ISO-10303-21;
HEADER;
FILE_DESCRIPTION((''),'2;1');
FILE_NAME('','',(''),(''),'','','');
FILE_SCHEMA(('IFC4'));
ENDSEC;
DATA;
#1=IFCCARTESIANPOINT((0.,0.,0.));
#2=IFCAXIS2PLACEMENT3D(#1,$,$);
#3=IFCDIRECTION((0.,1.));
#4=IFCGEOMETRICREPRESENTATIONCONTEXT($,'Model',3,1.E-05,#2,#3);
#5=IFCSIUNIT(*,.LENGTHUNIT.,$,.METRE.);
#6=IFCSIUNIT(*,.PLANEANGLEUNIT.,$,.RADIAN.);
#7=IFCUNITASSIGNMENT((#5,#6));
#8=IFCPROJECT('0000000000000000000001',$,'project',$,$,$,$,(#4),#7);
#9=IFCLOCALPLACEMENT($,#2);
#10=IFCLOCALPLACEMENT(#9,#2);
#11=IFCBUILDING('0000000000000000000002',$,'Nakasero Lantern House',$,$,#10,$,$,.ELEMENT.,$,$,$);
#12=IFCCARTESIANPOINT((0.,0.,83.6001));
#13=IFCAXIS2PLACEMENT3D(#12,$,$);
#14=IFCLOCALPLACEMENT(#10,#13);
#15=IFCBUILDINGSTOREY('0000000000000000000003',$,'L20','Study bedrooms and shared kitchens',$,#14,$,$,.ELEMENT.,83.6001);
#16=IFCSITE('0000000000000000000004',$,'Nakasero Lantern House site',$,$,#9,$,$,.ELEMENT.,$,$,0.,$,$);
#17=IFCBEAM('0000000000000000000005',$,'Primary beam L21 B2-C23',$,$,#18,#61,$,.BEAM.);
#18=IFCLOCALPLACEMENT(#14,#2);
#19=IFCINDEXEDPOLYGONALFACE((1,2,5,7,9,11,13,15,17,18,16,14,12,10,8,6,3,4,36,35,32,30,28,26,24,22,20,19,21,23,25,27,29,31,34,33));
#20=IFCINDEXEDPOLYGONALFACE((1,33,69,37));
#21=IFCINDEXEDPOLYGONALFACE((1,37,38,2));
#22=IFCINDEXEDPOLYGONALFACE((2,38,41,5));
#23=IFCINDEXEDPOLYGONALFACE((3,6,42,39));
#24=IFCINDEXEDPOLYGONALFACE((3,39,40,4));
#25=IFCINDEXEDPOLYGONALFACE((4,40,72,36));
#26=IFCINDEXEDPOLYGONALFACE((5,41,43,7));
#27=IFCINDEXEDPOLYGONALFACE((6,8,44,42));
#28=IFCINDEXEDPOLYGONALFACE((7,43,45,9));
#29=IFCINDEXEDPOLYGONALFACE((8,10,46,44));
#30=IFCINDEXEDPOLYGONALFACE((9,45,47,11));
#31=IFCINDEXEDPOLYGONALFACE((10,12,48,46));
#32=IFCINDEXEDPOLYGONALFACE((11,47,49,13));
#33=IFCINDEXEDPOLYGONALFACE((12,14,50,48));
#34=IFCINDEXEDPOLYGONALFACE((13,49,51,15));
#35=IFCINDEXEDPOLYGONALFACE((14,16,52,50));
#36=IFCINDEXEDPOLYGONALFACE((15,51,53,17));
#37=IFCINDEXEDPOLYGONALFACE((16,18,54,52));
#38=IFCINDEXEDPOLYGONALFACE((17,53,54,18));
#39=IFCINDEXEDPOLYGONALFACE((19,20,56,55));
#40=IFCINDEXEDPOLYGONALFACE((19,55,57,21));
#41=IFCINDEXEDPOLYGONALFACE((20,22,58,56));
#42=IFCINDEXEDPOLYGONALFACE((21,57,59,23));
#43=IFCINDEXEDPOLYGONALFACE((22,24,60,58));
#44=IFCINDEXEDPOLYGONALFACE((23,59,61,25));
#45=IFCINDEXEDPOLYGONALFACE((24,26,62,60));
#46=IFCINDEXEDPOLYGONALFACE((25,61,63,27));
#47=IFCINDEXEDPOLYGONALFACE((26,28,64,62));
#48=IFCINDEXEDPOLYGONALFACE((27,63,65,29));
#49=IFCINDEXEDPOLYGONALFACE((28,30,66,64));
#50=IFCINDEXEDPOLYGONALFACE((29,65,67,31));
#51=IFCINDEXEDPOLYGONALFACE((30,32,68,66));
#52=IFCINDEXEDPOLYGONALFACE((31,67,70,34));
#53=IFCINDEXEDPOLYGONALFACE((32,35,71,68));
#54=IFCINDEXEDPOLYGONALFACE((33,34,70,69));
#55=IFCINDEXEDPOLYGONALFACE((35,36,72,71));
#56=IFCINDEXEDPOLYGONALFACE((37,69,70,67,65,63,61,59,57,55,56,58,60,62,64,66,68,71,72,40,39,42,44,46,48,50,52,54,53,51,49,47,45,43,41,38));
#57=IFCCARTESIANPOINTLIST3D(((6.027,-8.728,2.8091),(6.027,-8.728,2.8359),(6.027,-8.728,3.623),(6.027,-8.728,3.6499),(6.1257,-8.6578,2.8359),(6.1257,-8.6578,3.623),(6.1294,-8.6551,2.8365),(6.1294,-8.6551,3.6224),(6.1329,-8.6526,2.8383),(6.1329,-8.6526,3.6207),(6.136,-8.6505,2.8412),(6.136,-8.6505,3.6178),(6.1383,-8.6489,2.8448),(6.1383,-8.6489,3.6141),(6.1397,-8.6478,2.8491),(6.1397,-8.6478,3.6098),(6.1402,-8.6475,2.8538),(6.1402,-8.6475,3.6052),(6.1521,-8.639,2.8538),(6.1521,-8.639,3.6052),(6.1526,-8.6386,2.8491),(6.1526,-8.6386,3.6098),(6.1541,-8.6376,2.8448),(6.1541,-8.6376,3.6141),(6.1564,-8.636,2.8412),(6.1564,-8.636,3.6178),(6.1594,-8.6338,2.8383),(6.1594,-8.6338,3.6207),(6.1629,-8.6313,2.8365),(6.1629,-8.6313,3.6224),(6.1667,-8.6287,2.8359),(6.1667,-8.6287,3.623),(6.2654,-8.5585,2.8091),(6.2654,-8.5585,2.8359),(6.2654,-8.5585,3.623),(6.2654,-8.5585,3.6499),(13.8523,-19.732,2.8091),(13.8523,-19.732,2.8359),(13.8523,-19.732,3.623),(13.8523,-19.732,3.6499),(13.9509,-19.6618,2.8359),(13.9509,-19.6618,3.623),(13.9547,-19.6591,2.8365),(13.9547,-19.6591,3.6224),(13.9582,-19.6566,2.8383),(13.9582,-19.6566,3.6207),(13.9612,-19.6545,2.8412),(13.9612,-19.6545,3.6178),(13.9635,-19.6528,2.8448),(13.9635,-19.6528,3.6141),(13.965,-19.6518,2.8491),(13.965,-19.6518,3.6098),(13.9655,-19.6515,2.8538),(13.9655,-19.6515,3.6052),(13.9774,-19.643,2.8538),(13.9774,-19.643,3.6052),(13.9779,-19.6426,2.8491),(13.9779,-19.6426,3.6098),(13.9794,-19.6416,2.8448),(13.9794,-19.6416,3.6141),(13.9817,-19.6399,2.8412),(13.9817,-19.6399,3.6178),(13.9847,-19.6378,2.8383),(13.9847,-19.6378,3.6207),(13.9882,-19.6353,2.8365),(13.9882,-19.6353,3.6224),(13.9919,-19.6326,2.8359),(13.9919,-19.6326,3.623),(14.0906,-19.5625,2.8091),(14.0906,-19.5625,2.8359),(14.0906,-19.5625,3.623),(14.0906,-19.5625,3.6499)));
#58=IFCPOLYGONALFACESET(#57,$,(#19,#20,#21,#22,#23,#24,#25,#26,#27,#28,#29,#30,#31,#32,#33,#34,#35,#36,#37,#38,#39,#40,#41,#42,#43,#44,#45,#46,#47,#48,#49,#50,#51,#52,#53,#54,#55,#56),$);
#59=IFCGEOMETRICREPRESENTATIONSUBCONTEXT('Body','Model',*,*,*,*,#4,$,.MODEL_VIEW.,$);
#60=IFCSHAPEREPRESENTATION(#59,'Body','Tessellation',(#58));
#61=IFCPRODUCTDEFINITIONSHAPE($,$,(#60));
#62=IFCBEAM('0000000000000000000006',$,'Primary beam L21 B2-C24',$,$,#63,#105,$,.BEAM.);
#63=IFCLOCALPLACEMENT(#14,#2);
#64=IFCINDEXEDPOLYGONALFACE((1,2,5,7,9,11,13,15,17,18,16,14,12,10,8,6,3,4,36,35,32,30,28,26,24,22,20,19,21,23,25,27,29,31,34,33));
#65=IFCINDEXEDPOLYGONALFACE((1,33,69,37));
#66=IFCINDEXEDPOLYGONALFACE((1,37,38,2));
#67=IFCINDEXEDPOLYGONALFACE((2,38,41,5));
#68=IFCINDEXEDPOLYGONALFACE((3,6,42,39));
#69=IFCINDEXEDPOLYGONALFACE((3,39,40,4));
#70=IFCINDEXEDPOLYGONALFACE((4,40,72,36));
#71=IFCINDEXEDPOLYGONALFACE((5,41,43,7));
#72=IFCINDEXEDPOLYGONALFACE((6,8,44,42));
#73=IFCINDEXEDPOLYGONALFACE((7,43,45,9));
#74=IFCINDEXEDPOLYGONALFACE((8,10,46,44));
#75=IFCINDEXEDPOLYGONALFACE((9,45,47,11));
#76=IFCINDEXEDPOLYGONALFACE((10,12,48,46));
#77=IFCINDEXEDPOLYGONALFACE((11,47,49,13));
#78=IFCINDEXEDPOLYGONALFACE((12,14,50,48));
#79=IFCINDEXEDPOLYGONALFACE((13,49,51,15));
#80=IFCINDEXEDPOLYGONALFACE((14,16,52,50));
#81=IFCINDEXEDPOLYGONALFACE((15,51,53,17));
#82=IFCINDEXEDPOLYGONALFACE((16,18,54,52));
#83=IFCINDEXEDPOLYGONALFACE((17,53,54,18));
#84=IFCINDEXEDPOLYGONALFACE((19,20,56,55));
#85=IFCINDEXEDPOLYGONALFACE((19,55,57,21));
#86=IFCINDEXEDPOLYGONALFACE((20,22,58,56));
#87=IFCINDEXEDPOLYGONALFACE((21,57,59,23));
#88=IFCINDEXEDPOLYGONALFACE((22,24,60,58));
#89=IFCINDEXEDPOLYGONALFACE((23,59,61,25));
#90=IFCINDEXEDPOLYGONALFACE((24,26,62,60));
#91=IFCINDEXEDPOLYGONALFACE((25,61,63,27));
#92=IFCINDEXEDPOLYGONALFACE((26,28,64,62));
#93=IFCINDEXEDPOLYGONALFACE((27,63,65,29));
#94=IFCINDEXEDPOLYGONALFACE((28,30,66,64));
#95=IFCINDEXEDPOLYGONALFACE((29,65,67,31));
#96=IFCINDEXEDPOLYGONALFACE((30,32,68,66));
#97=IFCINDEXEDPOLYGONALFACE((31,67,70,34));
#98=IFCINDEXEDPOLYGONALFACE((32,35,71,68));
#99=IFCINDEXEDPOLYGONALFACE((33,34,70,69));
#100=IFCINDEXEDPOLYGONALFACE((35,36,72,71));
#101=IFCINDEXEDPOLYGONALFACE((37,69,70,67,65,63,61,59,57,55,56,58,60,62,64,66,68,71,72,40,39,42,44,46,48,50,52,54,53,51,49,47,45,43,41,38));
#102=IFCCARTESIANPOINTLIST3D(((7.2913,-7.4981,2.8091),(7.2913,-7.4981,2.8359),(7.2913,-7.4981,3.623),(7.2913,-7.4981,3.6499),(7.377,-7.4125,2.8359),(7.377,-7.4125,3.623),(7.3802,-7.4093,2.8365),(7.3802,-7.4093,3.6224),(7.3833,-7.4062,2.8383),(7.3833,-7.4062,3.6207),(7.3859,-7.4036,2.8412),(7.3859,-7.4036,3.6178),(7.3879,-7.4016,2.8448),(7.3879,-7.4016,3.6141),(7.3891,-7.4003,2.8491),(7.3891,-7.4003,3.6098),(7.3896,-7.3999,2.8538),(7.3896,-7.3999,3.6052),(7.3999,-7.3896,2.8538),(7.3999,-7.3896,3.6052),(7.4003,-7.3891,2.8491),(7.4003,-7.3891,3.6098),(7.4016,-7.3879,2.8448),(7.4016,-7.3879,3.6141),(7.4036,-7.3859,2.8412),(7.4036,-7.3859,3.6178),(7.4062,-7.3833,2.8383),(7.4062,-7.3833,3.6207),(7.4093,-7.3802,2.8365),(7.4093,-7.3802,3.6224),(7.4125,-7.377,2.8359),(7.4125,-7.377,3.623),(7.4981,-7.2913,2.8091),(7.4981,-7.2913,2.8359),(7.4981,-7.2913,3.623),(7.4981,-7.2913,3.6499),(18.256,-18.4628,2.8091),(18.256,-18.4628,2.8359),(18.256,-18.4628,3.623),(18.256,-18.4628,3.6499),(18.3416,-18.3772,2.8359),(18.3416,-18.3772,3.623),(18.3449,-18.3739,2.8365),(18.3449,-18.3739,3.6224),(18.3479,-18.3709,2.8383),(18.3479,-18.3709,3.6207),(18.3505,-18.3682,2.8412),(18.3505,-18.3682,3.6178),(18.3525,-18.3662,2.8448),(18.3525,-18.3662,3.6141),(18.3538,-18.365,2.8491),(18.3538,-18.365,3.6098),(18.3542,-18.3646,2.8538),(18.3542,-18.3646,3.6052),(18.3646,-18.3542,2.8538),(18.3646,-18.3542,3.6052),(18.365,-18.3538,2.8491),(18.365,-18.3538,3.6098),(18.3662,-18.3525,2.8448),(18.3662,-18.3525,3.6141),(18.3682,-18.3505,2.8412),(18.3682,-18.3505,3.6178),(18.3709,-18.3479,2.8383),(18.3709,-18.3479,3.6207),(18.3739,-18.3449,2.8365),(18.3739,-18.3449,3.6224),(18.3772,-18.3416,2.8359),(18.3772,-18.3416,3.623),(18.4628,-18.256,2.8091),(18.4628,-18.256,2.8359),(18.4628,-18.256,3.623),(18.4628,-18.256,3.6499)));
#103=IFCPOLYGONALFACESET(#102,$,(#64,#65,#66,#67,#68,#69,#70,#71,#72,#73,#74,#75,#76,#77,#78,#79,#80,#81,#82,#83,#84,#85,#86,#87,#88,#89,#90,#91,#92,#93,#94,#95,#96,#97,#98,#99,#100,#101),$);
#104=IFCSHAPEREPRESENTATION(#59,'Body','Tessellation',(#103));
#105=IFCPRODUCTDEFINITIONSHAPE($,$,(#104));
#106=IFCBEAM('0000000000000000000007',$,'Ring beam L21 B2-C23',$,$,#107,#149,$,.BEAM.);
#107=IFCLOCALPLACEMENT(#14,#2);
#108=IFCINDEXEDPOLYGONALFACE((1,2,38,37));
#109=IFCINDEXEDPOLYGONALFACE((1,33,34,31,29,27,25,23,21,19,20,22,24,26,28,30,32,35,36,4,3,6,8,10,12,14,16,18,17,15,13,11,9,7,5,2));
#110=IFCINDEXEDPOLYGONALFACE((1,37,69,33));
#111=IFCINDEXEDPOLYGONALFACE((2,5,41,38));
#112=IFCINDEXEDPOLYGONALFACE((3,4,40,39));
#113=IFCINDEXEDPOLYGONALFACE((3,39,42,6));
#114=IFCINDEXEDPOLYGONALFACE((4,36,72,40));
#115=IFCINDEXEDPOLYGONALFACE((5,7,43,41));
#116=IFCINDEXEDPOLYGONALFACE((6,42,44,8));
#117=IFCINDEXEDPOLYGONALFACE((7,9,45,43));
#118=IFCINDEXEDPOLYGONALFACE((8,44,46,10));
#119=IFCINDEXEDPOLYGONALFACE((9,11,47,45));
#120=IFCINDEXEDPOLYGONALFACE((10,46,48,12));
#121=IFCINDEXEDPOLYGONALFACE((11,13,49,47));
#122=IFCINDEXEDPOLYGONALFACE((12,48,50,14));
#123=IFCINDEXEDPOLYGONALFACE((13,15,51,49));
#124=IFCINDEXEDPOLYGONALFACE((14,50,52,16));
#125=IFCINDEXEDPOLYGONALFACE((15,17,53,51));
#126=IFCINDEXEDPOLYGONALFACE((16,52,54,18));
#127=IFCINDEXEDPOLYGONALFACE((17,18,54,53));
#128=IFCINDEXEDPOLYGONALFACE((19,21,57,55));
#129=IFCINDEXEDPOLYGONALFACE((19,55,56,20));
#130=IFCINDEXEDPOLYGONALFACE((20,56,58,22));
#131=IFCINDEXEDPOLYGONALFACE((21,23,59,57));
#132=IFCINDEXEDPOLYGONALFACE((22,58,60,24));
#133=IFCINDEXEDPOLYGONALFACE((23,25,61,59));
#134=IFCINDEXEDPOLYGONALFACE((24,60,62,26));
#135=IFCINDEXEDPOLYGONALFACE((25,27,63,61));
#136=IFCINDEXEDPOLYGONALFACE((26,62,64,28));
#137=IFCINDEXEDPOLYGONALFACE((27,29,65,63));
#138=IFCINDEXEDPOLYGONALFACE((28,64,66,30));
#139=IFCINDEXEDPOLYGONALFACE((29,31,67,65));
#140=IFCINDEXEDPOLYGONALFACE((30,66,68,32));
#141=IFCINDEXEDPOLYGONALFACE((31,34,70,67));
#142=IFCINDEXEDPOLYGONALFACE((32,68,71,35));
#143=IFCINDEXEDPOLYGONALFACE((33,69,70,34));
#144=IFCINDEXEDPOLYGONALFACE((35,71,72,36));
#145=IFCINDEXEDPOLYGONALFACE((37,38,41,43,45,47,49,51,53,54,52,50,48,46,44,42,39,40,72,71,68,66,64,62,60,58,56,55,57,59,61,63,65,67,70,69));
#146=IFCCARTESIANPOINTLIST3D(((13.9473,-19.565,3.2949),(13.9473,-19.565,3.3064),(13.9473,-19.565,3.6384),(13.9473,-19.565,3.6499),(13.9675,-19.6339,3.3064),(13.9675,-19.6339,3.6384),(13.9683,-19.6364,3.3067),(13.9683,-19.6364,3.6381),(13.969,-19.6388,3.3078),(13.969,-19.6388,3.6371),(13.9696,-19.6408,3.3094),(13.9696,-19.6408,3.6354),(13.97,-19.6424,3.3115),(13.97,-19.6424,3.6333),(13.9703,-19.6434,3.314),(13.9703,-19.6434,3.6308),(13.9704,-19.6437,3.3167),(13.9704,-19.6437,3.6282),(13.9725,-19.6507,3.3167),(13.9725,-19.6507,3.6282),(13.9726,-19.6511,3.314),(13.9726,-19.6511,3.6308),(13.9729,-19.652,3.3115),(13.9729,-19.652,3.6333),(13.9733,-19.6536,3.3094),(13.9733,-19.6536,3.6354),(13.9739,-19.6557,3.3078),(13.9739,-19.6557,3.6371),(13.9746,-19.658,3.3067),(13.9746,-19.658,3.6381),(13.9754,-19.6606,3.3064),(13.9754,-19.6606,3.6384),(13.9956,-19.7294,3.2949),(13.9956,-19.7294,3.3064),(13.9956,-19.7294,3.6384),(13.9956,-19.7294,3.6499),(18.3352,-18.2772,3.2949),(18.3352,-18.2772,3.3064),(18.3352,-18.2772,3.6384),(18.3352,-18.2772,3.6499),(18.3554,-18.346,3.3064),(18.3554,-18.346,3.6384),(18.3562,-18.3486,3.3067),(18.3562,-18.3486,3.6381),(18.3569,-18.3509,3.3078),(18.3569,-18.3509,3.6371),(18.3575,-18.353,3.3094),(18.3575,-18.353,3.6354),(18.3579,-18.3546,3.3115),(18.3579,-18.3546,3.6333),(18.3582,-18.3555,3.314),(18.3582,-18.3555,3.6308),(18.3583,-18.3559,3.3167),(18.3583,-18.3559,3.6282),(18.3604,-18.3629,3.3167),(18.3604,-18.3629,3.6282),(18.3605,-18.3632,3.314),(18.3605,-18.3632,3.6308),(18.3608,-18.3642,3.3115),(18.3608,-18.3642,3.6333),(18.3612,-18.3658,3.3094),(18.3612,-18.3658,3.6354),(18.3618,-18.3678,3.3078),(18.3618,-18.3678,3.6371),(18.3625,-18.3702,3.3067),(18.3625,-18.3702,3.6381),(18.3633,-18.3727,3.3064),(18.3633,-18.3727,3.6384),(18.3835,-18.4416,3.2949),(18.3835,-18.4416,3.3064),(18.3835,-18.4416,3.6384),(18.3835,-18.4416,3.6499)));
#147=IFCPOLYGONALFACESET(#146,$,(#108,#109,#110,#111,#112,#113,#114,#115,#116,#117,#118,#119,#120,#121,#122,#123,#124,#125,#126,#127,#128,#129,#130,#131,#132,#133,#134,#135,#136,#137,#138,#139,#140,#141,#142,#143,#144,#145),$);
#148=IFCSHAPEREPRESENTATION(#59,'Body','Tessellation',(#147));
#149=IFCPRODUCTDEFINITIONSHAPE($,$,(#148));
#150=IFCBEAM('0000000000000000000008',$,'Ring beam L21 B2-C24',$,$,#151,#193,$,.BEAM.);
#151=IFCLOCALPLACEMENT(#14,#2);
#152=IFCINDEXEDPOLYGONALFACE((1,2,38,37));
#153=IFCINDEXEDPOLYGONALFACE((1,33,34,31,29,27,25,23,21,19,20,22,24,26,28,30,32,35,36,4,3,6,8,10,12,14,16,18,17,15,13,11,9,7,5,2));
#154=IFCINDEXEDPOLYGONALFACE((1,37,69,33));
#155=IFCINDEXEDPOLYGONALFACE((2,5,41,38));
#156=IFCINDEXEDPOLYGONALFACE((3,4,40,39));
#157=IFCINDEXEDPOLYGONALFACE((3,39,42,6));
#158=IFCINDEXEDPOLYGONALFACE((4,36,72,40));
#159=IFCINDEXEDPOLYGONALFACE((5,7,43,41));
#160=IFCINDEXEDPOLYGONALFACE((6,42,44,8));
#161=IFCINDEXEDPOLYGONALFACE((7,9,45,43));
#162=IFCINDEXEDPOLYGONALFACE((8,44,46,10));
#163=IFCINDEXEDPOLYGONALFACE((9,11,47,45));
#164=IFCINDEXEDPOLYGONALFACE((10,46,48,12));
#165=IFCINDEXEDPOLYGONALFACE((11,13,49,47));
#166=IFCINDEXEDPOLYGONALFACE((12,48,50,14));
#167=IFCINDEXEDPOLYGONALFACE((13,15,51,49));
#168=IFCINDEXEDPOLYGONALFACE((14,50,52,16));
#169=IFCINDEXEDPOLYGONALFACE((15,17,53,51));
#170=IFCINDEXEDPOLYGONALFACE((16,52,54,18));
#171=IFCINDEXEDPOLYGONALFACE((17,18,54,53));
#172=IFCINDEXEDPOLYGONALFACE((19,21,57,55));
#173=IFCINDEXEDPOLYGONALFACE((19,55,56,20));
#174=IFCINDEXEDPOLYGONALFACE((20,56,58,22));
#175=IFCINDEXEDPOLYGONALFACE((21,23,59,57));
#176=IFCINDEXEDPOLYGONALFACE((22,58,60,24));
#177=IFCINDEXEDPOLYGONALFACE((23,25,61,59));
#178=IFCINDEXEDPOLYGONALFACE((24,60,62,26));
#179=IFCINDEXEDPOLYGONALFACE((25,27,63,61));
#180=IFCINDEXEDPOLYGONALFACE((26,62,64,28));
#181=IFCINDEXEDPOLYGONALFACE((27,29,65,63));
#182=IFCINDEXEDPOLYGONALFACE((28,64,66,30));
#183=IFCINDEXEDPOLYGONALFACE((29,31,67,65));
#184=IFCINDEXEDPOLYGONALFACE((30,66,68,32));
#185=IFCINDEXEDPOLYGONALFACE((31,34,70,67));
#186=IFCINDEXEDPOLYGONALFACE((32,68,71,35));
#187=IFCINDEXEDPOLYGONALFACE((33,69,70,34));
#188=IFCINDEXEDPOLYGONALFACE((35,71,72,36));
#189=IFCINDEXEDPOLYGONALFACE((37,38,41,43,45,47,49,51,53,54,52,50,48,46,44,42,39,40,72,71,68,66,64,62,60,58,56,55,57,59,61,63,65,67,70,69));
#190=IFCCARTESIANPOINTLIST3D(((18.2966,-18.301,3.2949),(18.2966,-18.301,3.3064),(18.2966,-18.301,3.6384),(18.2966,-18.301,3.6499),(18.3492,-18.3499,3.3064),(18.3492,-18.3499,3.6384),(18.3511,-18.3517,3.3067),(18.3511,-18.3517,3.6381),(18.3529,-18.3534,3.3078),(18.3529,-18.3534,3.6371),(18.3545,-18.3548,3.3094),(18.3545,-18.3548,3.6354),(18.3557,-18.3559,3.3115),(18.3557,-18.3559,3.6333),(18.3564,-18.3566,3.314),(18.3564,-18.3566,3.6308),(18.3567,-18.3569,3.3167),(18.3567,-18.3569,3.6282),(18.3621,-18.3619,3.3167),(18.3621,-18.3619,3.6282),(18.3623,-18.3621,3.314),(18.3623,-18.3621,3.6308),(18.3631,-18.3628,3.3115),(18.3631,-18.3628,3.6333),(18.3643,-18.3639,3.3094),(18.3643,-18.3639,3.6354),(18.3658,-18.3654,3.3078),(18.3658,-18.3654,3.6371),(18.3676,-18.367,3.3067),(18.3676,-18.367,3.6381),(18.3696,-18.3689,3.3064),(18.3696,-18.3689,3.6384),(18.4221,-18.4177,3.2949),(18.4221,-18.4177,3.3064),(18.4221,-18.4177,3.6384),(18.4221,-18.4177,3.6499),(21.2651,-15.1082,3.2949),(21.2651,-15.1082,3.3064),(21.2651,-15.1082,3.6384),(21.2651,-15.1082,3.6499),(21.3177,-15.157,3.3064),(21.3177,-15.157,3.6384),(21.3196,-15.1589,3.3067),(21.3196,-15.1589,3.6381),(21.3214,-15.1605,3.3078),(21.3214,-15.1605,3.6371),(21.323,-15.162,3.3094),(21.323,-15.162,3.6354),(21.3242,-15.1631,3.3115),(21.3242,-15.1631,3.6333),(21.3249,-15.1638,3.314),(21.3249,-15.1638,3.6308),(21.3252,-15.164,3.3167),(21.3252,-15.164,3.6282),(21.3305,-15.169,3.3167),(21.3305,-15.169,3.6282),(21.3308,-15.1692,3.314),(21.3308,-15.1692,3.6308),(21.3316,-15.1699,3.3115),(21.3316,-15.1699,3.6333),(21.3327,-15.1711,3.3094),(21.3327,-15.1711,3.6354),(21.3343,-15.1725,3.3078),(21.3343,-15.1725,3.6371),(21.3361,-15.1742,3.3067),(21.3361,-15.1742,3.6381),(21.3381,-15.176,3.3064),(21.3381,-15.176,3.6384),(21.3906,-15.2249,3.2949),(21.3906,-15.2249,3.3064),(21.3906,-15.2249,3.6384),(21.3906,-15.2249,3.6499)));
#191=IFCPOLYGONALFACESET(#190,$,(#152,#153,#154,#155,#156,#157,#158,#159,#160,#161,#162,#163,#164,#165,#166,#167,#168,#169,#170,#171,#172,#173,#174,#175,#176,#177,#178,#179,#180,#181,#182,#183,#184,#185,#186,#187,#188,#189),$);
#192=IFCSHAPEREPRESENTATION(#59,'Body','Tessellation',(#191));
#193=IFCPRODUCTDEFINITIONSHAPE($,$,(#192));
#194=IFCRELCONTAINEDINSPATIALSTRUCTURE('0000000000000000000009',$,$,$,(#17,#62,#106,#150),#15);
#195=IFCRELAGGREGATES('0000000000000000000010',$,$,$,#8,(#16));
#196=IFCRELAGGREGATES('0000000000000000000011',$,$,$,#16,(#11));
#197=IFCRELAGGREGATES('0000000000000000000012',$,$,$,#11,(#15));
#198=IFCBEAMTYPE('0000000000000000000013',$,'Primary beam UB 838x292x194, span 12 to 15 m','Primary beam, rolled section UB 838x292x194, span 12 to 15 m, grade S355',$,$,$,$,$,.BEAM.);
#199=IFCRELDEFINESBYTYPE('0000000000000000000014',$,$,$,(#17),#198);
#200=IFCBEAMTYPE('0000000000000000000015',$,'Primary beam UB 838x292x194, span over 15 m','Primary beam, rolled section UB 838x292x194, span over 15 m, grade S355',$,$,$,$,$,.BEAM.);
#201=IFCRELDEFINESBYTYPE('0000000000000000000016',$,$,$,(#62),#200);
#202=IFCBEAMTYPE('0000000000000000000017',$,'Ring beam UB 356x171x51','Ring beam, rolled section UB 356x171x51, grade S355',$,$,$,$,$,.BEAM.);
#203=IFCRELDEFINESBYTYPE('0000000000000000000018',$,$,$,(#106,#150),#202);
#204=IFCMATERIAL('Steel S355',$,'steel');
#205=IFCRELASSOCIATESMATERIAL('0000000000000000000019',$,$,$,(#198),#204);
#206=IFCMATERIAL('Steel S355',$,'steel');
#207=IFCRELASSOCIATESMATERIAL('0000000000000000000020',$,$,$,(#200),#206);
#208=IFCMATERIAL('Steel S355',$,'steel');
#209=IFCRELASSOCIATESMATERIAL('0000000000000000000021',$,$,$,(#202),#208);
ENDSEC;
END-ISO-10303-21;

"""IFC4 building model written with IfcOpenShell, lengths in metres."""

from ifc_helpers import new_model, si_unit, direction, frame, origin, origin_2d, place, context, subcontext, project, spatial, i_section, extrude, material, material_profile, profile_set, type_object, element, save


model = new_model("IFC4")

# Units and contexts
model_context = context("Model", 3, precision=1e-05, world=origin(), true_north=direction((0.0, 1.0)))
body_context = subcontext(model_context, "Body", "Model", "MODEL_VIEW")
ifc_project = project(units=[si_unit("LENGTHUNIT", "METRE"), si_unit("PLANEANGLEUNIT", "RADIAN")], contexts=[model_context])

# Site, building, storey
site_placement = place(None, origin())
site = spatial("IfcSite", under=ifc_project, at=site_placement, Name="Nakasero Lantern House site", CompositionType="ELEMENT", RefElevation=0.0)
building_placement = place(site_placement, origin())
building = spatial("IfcBuilding", under=site, at=building_placement, Name="Nakasero Lantern House", CompositionType="ELEMENT")
storey_placement = place(building_placement, frame((0.0, 0.0, 83.6001)))
storey = spatial("IfcBuildingStorey", under=building, at=storey_placement, Name="L20", Description="Study bedrooms and shared kitchens", CompositionType="ELEMENT", Elevation=83.6001)

# Beams
ifc_material_1 = material(Name="Steel S355", Category="steel")
ifc_material_profile_1 = material_profile(ifc_material_1, i_section(OverallWidth=0.2925, OverallDepth=0.8408, WebThickness=0.0146, FlangeThickness=0.0269, FilletRadius=0.0178, at=origin_2d()), Name="UB 838x292x194")
ifc_profile_set_1 = profile_set([ifc_material_profile_1], Name="Steel S355")
beam_type_1 = type_object("IfcBeamType", Name="Primary beam UB 838x292x194, span 12 to 15 m", Description="Primary beam, rolled section UB 838x292x194, span 12 to 15 m, grade S355", PredefinedType="BEAM", material=ifc_profile_set_1)
beam_1_placement = place(storey_placement, frame((13.9714, -19.6472, 3.2295), z_axis=(-0.579533, 0.814948, 0.0), x_axis=(-0.814948, -0.579533, 0.0)))
element("IfcBeam", 1, at=beam_1_placement, inside=storey, type_object=beam_type_1, Name="Primary beam L21 B2-C23", PredefinedType="BEAM", context=body_context, shape_type="SweptSolid", body=[
    extrude(i_section(OverallWidth=0.2925, OverallDepth=0.8408, WebThickness=0.0146, FlangeThickness=0.0269, FilletRadius=0.0178, at=origin_2d()), origin(), (0.0, 0.0, 1.0), 13.5027),
])
ifc_material_2 = material(Name="Steel S355", Category="steel")
ifc_material_profile_2 = material_profile(ifc_material_2, i_section(OverallWidth=0.2925, OverallDepth=0.8408, WebThickness=0.0146, FlangeThickness=0.0269, FilletRadius=0.0178, at=origin_2d()), Name="UB 838x292x194")
ifc_profile_set_2 = profile_set([ifc_material_profile_2], Name="Steel S355")
beam_type_2 = type_object("IfcBeamType", Name="Primary beam UB 838x292x194, span over 15 m", Description="Primary beam, rolled section UB 838x292x194, span over 15 m, grade S355", PredefinedType="BEAM", material=ifc_profile_set_2)
beam_2_placement = place(storey_placement, frame((18.3594, -18.3594, 3.2295), z_axis=(-0.707107, 0.707107, 0.0), x_axis=(-0.707107, -0.707107, 0.0)))
element("IfcBeam", 2, at=beam_2_placement, inside=storey, type_object=beam_type_2, Name="Primary beam L21 B2-C24", PredefinedType="BEAM", context=body_context, shape_type="SweptSolid", body=[
    extrude(i_section(OverallWidth=0.2925, OverallDepth=0.8408, WebThickness=0.0146, FlangeThickness=0.0269, FilletRadius=0.0178, at=origin_2d()), origin(), (0.0, 0.0, 1.0), 15.5063),
])
ifc_material_3 = material(Name="Steel S355", Category="steel")
ifc_material_profile_3 = material_profile(ifc_material_3, i_section(OverallWidth=0.1714, OverallDepth=0.355, WebThickness=0.0073, FlangeThickness=0.0115, FilletRadius=0.0103, at=origin_2d()), Name="UB 356x171x51")
ifc_profile_set_3 = profile_set([ifc_material_profile_3], Name="Steel S355")
beam_type_3 = type_object("IfcBeamType", Name="Ring beam UB 356x171x51", Description="Ring beam, rolled section UB 356x171x51, grade S355", PredefinedType="BEAM", material=ifc_profile_set_3)
beam_3_placement = place(storey_placement, frame((13.9714, -19.6472, 3.4724), z_axis=(0.959527, 0.281617, 0.0), x_axis=(-0.281617, 0.959527, 0.0)))
element("IfcBeam", 3, at=beam_3_placement, inside=storey, type_object=beam_type_3, Name="Ring beam L21 B2-C23", PredefinedType="BEAM", context=body_context, shape_type="SweptSolid", body=[
    extrude(i_section(OverallWidth=0.1714, OverallDepth=0.355, WebThickness=0.0073, FlangeThickness=0.0115, FilletRadius=0.0103, at=origin_2d()), origin(), (0.0, 0.0, 1.0), 4.573),
])
beam_4_placement = place(storey_placement, frame((18.3594, -18.3594, 3.4724), z_axis=(0.680906, 0.732371, 0.0), x_axis=(-0.732371, 0.680906, 0.0)))
element("IfcBeam", 4, at=beam_4_placement, inside=storey, type_object=beam_type_3, Name="Ring beam L21 B2-C24", PredefinedType="BEAM", context=body_context, shape_type="SweptSolid", body=[
    extrude(i_section(OverallWidth=0.1714, OverallDepth=0.355, WebThickness=0.0073, FlangeThickness=0.0115, FilletRadius=0.0103, at=origin_2d()), origin(), (0.0, 0.0, 1.0), 4.3596),
])

save(model, "model.ifc")
